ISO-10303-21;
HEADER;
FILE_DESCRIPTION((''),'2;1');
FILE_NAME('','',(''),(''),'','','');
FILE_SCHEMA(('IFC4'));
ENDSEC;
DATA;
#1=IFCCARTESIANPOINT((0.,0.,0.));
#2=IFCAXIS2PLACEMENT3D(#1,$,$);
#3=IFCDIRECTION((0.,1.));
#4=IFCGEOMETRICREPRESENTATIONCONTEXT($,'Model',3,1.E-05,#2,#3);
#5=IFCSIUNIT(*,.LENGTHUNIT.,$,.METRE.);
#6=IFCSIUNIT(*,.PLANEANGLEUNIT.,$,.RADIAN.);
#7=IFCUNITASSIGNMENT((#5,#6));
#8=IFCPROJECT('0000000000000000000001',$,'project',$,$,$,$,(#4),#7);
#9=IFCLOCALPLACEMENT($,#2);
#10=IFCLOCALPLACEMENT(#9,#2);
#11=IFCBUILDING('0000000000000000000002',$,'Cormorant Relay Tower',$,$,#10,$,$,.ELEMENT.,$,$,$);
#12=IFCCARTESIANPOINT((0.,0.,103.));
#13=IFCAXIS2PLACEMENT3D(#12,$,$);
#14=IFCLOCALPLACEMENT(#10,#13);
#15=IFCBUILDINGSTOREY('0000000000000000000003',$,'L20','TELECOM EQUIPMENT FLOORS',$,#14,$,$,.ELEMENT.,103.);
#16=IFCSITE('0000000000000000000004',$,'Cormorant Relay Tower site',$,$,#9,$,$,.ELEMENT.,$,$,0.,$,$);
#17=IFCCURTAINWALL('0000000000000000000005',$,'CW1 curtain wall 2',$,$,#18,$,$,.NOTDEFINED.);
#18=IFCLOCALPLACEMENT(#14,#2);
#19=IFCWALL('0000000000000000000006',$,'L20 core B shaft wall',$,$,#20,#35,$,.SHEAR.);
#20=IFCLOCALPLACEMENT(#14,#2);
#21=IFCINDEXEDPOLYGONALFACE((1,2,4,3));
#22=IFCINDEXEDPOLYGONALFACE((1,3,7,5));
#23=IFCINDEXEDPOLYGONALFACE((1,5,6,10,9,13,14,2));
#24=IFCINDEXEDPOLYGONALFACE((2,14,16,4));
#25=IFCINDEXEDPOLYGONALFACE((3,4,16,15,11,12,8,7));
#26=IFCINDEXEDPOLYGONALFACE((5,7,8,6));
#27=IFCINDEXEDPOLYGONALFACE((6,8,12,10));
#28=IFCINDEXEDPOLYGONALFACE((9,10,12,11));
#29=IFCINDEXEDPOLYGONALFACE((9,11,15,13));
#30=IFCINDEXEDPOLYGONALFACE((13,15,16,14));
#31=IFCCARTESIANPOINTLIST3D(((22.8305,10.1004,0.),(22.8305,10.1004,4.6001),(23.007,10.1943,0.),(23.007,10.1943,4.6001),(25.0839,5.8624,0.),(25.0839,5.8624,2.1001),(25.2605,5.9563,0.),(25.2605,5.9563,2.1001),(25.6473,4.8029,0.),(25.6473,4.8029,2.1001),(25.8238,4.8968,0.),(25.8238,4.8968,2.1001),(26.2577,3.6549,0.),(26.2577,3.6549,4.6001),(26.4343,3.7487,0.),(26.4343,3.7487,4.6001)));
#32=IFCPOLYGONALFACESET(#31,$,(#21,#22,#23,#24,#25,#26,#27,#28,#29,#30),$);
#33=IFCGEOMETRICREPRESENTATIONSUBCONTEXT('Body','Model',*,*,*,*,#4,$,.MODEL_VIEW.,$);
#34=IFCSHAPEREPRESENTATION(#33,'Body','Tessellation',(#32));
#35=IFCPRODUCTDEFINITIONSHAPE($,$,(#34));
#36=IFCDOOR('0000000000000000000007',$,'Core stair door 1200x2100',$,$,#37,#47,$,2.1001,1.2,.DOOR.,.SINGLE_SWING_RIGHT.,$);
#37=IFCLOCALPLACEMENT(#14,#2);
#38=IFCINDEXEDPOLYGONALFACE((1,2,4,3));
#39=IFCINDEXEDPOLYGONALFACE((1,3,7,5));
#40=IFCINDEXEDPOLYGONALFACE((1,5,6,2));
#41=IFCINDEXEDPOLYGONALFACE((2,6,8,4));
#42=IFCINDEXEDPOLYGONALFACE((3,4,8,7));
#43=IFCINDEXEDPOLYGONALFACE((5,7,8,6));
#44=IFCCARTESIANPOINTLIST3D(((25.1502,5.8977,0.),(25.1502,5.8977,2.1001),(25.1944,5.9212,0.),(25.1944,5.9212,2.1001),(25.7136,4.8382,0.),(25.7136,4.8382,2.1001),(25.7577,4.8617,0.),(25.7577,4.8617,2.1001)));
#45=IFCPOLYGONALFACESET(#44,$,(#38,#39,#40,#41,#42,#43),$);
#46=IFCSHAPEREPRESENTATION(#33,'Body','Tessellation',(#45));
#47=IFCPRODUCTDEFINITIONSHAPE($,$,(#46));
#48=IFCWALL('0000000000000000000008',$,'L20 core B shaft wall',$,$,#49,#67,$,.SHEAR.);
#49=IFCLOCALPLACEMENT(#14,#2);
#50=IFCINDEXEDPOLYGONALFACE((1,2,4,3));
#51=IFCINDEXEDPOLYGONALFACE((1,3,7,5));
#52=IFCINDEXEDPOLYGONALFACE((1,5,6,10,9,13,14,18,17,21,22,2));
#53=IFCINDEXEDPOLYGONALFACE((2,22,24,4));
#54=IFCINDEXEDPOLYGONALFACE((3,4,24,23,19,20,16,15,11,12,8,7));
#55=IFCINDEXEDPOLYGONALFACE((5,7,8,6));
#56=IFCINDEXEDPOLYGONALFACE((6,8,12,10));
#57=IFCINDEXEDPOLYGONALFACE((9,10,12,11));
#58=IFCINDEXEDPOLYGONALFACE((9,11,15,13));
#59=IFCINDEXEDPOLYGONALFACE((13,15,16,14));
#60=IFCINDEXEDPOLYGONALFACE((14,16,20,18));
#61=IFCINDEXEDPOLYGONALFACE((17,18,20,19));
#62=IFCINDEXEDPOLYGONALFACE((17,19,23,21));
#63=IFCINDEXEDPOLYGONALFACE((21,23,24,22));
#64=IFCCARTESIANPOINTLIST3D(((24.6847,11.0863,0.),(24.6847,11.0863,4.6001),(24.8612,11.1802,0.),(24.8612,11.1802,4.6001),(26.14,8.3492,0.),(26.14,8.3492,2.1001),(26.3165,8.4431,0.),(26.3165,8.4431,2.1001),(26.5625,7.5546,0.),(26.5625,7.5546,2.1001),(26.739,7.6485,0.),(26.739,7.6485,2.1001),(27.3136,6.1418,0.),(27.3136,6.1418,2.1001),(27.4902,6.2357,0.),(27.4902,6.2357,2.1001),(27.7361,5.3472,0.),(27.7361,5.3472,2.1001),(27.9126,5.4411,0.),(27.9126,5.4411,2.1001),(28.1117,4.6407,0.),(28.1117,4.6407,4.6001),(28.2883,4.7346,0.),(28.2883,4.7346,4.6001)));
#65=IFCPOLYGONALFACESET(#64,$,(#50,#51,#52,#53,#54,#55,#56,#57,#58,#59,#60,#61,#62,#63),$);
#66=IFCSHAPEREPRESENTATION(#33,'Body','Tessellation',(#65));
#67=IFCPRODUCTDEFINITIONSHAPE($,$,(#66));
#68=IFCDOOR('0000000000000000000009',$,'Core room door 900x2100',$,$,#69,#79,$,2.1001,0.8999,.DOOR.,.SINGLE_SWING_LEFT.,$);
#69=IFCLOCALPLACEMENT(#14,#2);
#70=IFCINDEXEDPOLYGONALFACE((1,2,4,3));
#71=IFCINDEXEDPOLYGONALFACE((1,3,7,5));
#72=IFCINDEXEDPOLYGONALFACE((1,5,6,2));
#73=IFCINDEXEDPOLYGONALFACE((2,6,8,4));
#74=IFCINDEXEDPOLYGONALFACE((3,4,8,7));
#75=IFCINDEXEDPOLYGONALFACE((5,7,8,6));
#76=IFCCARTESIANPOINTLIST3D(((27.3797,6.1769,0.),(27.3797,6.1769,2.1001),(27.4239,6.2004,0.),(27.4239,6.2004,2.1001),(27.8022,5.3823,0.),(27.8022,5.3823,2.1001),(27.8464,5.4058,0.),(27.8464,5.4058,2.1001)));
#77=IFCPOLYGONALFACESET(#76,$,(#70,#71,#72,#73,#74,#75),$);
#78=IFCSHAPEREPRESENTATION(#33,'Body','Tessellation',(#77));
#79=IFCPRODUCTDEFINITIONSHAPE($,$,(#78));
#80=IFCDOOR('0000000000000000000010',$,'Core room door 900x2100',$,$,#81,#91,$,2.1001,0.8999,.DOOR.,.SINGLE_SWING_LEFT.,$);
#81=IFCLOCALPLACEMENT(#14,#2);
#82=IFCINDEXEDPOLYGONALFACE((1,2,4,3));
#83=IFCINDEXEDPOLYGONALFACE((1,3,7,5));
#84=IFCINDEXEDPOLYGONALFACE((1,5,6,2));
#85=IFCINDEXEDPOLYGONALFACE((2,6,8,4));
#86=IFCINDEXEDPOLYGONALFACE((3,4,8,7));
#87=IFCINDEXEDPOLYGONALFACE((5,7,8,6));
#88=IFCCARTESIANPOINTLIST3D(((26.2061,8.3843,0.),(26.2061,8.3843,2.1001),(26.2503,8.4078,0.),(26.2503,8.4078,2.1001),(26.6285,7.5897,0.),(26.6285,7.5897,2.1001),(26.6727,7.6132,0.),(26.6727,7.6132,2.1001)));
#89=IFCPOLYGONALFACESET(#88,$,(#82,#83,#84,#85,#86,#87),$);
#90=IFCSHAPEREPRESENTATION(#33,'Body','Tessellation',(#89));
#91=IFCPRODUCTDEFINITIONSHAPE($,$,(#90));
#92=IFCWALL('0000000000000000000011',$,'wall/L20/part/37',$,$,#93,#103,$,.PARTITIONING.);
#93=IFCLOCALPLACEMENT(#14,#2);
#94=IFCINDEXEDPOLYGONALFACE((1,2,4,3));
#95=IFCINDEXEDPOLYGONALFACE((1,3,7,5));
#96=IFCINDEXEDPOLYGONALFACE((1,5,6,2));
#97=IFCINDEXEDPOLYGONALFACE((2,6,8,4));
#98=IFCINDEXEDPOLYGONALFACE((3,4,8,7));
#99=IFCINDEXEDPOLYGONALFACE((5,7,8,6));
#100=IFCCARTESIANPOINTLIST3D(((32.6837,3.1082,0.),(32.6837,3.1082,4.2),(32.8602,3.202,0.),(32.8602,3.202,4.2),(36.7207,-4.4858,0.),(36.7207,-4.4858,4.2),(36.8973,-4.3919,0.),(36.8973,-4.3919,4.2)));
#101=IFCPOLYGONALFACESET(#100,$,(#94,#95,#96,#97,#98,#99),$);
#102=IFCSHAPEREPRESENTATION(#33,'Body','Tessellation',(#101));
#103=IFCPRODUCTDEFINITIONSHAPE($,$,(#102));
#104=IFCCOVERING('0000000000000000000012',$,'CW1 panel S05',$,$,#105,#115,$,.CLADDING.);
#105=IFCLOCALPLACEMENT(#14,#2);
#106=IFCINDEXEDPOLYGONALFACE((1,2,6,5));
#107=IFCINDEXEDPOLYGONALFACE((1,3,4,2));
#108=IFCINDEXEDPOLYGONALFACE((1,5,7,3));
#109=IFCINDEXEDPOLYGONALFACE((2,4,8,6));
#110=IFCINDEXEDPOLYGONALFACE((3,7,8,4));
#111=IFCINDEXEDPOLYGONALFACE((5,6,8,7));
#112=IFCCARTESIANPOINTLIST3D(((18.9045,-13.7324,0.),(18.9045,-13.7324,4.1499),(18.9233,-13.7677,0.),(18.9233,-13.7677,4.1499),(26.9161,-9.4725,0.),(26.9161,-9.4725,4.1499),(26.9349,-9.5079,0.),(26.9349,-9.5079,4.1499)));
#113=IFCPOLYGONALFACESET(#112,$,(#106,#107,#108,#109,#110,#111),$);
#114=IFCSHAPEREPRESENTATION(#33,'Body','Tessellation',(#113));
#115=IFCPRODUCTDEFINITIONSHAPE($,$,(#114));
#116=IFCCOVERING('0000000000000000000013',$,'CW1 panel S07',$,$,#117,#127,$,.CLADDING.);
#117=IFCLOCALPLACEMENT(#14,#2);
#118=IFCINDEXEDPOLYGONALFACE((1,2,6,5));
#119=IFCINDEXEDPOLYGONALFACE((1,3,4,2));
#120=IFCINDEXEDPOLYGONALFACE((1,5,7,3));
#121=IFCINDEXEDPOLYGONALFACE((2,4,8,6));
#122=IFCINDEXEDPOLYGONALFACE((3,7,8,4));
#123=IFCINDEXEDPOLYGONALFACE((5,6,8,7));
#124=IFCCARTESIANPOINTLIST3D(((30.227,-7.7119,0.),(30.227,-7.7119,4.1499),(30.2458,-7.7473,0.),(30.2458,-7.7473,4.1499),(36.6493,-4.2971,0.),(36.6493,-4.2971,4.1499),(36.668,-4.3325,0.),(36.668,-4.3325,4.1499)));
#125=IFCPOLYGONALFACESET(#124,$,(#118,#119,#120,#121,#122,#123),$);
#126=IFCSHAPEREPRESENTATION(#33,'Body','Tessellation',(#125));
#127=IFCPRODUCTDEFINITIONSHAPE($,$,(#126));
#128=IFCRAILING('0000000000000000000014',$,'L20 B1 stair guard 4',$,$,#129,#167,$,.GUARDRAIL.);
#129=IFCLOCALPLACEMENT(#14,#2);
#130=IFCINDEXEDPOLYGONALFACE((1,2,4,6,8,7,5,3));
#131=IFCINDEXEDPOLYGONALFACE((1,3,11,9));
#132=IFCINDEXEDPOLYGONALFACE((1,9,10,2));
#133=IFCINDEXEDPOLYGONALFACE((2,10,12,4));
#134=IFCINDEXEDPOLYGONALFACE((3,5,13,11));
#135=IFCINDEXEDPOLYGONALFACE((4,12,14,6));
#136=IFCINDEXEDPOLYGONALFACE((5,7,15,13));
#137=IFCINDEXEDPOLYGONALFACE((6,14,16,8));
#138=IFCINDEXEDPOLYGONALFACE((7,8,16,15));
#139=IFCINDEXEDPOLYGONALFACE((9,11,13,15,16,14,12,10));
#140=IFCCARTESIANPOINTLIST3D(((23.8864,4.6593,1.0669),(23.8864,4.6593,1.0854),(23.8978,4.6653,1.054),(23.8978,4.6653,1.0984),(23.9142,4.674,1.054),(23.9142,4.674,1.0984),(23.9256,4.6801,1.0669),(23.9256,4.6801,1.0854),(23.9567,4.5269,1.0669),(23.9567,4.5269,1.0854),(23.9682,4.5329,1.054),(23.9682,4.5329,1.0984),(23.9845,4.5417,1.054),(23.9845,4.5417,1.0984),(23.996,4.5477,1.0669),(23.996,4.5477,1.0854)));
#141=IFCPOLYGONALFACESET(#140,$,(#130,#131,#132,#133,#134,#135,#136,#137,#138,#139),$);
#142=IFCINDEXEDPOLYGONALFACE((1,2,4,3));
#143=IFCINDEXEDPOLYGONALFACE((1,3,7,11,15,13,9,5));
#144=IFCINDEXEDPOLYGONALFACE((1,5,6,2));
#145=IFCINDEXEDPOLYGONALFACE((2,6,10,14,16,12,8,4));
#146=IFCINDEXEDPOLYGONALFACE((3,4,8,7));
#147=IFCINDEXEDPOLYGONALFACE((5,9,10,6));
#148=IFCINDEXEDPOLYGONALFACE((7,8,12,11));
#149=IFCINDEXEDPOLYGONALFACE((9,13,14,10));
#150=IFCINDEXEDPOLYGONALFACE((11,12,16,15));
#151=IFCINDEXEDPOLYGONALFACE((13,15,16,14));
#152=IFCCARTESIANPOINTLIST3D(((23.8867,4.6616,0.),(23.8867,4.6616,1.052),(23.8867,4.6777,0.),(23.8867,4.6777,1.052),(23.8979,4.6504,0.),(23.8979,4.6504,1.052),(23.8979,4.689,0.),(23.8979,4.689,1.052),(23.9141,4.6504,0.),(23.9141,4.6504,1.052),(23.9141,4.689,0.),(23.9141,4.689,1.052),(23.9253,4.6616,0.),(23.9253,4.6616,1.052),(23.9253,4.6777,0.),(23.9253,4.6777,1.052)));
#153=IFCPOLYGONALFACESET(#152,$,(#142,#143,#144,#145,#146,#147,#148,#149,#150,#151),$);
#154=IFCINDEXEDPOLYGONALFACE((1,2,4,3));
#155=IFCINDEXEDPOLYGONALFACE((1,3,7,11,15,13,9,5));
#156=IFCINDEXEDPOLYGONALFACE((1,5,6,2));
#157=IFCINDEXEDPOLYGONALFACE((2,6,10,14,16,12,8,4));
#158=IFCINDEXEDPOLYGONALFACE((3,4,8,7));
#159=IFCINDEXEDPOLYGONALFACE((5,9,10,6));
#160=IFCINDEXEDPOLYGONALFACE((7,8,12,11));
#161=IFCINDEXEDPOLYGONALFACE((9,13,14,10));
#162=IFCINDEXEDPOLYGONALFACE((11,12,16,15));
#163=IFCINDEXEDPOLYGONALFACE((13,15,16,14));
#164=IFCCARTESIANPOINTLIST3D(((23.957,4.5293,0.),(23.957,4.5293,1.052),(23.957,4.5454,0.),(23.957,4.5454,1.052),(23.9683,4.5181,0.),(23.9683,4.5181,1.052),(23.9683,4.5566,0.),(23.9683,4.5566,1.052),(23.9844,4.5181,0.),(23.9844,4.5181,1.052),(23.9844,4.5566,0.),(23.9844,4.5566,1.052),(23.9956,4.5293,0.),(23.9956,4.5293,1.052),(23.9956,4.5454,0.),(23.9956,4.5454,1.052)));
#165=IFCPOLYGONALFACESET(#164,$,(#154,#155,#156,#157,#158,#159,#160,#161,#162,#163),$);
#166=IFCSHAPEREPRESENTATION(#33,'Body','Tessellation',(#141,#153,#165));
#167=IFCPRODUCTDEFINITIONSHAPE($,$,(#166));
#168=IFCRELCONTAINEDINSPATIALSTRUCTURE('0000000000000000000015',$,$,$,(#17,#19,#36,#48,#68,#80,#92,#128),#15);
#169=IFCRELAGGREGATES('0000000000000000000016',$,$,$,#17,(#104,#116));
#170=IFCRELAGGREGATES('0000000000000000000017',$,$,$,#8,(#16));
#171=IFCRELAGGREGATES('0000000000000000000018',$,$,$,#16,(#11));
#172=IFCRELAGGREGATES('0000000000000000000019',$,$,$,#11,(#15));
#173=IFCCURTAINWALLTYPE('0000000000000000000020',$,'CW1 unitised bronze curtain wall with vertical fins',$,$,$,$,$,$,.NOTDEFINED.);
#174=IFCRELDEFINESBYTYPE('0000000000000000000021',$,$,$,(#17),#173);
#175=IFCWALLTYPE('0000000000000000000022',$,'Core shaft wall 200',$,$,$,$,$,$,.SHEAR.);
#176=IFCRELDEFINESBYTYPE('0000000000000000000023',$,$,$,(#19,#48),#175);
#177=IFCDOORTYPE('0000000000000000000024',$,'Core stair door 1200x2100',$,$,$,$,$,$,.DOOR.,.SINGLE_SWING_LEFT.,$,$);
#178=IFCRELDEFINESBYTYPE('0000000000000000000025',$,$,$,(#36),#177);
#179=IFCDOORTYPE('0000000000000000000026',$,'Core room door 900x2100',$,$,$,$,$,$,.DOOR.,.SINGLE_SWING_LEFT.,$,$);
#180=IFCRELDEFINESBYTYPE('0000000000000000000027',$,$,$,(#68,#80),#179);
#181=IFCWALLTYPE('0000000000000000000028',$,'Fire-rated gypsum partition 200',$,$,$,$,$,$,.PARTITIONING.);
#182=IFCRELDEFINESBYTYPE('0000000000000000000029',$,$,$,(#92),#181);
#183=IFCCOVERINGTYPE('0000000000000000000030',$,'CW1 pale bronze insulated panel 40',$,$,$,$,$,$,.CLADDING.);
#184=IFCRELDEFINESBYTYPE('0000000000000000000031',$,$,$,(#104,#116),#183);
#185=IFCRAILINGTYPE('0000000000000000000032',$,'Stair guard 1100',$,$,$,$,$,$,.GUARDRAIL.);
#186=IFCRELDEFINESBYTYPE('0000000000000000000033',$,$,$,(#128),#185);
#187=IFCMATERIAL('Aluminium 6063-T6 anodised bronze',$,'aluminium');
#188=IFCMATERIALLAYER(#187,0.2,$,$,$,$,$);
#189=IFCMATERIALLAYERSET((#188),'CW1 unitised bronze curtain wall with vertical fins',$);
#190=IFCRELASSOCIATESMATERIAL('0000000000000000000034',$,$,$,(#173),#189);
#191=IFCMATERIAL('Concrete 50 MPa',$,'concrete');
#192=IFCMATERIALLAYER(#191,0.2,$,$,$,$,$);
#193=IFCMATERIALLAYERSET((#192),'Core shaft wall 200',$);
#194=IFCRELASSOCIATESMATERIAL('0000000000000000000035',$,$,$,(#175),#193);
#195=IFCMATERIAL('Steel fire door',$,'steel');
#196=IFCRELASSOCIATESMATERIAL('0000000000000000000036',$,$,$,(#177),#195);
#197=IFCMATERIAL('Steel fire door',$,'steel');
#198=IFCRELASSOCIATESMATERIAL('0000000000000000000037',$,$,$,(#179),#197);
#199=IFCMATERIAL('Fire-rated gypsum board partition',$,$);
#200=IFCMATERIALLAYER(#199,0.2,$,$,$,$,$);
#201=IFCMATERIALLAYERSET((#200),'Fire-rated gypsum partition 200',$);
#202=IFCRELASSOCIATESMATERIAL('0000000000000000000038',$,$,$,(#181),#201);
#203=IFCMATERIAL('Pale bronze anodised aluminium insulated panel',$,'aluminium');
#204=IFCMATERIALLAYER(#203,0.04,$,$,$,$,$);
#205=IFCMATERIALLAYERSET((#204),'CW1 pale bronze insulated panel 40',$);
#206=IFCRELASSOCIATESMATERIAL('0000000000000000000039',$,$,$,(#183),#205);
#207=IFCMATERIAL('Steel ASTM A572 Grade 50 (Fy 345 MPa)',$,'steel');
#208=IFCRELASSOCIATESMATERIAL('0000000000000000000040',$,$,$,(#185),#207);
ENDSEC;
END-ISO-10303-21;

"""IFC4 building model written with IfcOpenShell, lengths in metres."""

from ifc_helpers import new_model, si_unit, direction, frame, frame_2d, origin, origin_2d, place, context, subcontext, project, spatial, polyline, rectangle, outline, extrude, material, layer, layer_set, type_object, element, fill, aggregate, save


model = new_model("IFC4")

# Units and contexts
model_context = context("Model", 3, precision=1e-05, world=origin(), true_north=direction((0.0, 1.0)))
body_context = subcontext(model_context, "Body", "Model", "MODEL_VIEW")
ifc_project = project(units=[si_unit("LENGTHUNIT", "METRE"), si_unit("PLANEANGLEUNIT", "RADIAN")], contexts=[model_context])

# Site, building, storey
site_placement = place(None, origin())
site = spatial("IfcSite", under=ifc_project, at=site_placement, Name="Cormorant Relay Tower site", CompositionType="ELEMENT", RefElevation=0.0)
building_placement = place(site_placement, origin())
building = spatial("IfcBuilding", under=site, at=building_placement, Name="Cormorant Relay Tower", CompositionType="ELEMENT")
storey_placement = place(building_placement, frame((0.0, 0.0, 103.0)))
storey = spatial("IfcBuildingStorey", under=building, at=storey_placement, Name="L20", Description="TELECOM EQUIPMENT FLOORS", CompositionType="ELEMENT", Elevation=103.0)

# Curtain wall
ifc_material_1 = material(Name="Aluminium 6063-T6 anodised bronze", Category="aluminium")
ifc_layer_1 = layer(ifc_material_1, 0.2)
ifc_layer_set_1 = layer_set([ifc_layer_1], Name="CW1 unitised bronze curtain wall with vertical fins")
curtain_wall_type = type_object("IfcCurtainWallType", Name="CW1 unitised bronze curtain wall with vertical fins", PredefinedType="NOTDEFINED", material=ifc_layer_set_1)
curtain_wall_placement = place(storey_placement, origin())
curtain_wall = element("IfcCurtainWall", 1, at=curtain_wall_placement, inside=storey, type_object=curtain_wall_type, Name="CW1 curtain wall 2", PredefinedType="NOTDEFINED")

# Wall, opening, door
ifc_material_2 = material(Name="Concrete 50 MPa", Category="concrete")
ifc_layer_2 = layer(ifc_material_2, 0.2)
ifc_layer_set_2 = layer_set([ifc_layer_2], Name="Core shaft wall 200")
wall_type_1 = type_object("IfcWallType", Name="Core shaft wall 200", PredefinedType="SHEAR", material=ifc_layer_set_2)
wall_1_placement = place(storey_placement, frame((26.3459, 3.7019, 0.0), z_axis=(0.0, 0.0, 1.0), x_axis=(-0.46948, 0.882943, 0.0)))
wall_1 = element("IfcWall", 2, at=wall_1_placement, inside=storey, type_object=wall_type_1, Name="L20 core B shaft wall", PredefinedType="SHEAR", context=body_context, shape_type="SweptSolid", body=[
    extrude(rectangle(XDim=7.3, YDim=0.2, at=frame_2d((3.6499, 0.0))), origin(), (0.0, 0.0, 1.0), 4.6001),
])
opening_1_placement = place(wall_1_placement, frame((1.3, 0.0, 0.0)))
opening_1 = element("IfcOpeningElement", 3, at=opening_1_placement, cuts=wall_1, PredefinedType="OPENING", context=body_context, shape_type="SweptSolid", body=[
    extrude(rectangle(XDim=1.2, YDim=2.1001, at=frame_2d((0.6001, 1.05))), frame((0.0, 0.1099, 0.0), z_axis=(0.0, -1.0, 0.0), x_axis=(1.0, 0.0, 0.0)), (0.0, 0.0, 1.0), 0.22),
])
ifc_material_3 = material(Name="Steel fire door", Category="steel")
door_type_1 = type_object("IfcDoorType", Name="Core stair door 1200x2100", OperationType="SINGLE_SWING_LEFT", PredefinedType="DOOR", material=ifc_material_3)
door_1_placement = place(opening_1_placement, origin())
door_1 = element("IfcDoor", 4, at=door_1_placement, inside=storey, type_object=door_type_1, Name="Core stair door 1200x2100", OperationType="SINGLE_SWING_RIGHT", OverallHeight=2.1001, OverallWidth=1.2, PredefinedType="DOOR", context=body_context, shape_type="SweptSolid", body=[
    extrude(rectangle(XDim=1.2, YDim=2.1001, at=frame_2d((0.6001, 1.05))), frame((0.0, 0.0249, 0.0), z_axis=(0.0, -1.0, 0.0), x_axis=(1.0, 0.0, 0.0)), (0.0, 0.0, 1.0), 0.05),
])
fill(opening_1, door_1)

# Wall, openings, doors
wall_2_placement = place(storey_placement, frame((28.2, 4.6877, 0.0), z_axis=(0.0, 0.0, 1.0), x_axis=(-0.469454, 0.882957, 0.0)))
wall_2 = element("IfcWall", 5, at=wall_2_placement, inside=storey, type_object=wall_type_1, Name="L20 core B shaft wall", PredefinedType="SHEAR", context=body_context, shape_type="SweptSolid", body=[
    extrude(rectangle(XDim=7.3, YDim=0.2, at=frame_2d((3.6499, 0.0))), origin(), (0.0, 0.0, 1.0), 4.6001),
])
opening_2_placement = place(wall_2_placement, frame((0.8, 0.0, 0.0)))
opening_2 = element("IfcOpeningElement", 6, at=opening_2_placement, cuts=wall_2, PredefinedType="OPENING", context=body_context, shape_type="SweptSolid", body=[
    extrude(rectangle(XDim=0.8999, YDim=2.1001, at=frame_2d((0.45, 1.05))), frame((0.0, 0.1099, 0.0), z_axis=(0.0, -1.0, 0.0), x_axis=(1.0, 0.0, 0.0)), (0.0, 0.0, 1.0), 0.22),
])
opening_3_placement = place(wall_2_placement, frame((3.3, 0.0, 0.0)))
opening_3 = element("IfcOpeningElement", 7, at=opening_3_placement, cuts=wall_2, PredefinedType="OPENING", context=body_context, shape_type="SweptSolid", body=[
    extrude(rectangle(XDim=0.8999, YDim=2.1001, at=frame_2d((0.45, 1.05))), frame((0.0, 0.1099, 0.0), z_axis=(0.0, -1.0, 0.0), x_axis=(1.0, 0.0, 0.0)), (0.0, 0.0, 1.0), 0.22),
])
ifc_material_4 = material(Name="Steel fire door", Category="steel")
door_type_2 = type_object("IfcDoorType", Name="Core room door 900x2100", OperationType="SINGLE_SWING_LEFT", PredefinedType="DOOR", material=ifc_material_4)
door_2_placement = place(opening_2_placement, frame((0.8999, 0.0, 0.0), z_axis=(0.0, 0.0, 1.0), x_axis=(-1.0, 0.0, 0.0)))
door_2 = element("IfcDoor", 8, at=door_2_placement, inside=storey, type_object=door_type_2, Name="Core room door 900x2100", OperationType="SINGLE_SWING_LEFT", OverallHeight=2.1001, OverallWidth=0.8999, PredefinedType="DOOR", context=body_context, shape_type="SweptSolid", body=[
    extrude(rectangle(XDim=0.8999, YDim=2.1001, at=frame_2d((0.45, 1.05))), frame((0.0, 0.0249, 0.0), z_axis=(0.0, -1.0, 0.0), x_axis=(1.0, 0.0, 0.0)), (0.0, 0.0, 1.0), 0.05),
])
fill(opening_2, door_2)
door_3_placement = place(opening_3_placement, frame((0.8999, 0.0, 0.0), z_axis=(0.0, 0.0, 1.0), x_axis=(-1.0, 0.0, 0.0)))
door_3 = element("IfcDoor", 9, at=door_3_placement, inside=storey, type_object=door_type_2, Name="Core room door 900x2100", OperationType="SINGLE_SWING_LEFT", OverallHeight=2.1001, OverallWidth=0.8999, PredefinedType="DOOR", context=body_context, shape_type="SweptSolid", body=[
    extrude(rectangle(XDim=0.8999, YDim=2.1001, at=frame_2d((0.45, 1.05))), frame((0.0, 0.0249, 0.0), z_axis=(0.0, -1.0, 0.0), x_axis=(1.0, 0.0, 0.0)), (0.0, 0.0, 1.0), 0.05),
])
fill(opening_3, door_3)

# Wall
ifc_material_5 = material(Name="Fire-rated gypsum board partition")
ifc_layer_3 = layer(ifc_material_5, 0.2)
ifc_layer_set_3 = layer_set([ifc_layer_3], Name="Fire-rated gypsum partition 200")
wall_type_2 = type_object("IfcWallType", Name="Fire-rated gypsum partition 200", PredefinedType="PARTITIONING", material=ifc_layer_set_3)
wall_3_placement = place(storey_placement, frame((36.8091, -4.439, 0.0), z_axis=(0.0, 0.0, 1.0), x_axis=(-0.469409, 0.882981, 0.0)))
element("IfcWall", 10, at=wall_3_placement, inside=storey, type_object=wall_type_2, Name="wall/L20/part/37", PredefinedType="PARTITIONING", context=body_context, shape_type="SweptSolid", body=[
    extrude(rectangle(XDim=8.6003, YDim=0.2, at=frame_2d((4.3003, 0.0))), origin(), (0.0, 0.0, 1.0), 4.2),
])

# Coverings
ifc_material_6 = material(Name="Pale bronze anodised aluminium insulated panel", Category="aluminium")
ifc_layer_4 = layer(ifc_material_6, 0.04)
ifc_layer_set_4 = layer_set([ifc_layer_4], Name="CW1 pale bronze insulated panel 40")
covering_type = type_object("IfcCoveringType", Name="CW1 pale bronze insulated panel 40", PredefinedType="CLADDING", material=ifc_layer_set_4)
covering_1_placement = place(storey_placement, frame((22.9197, -11.6201, 0.0), z_axis=(0.0, 0.0, 1.0), x_axis=(0.882948, 0.469472, 0.0)))
covering_1 = element("IfcCovering", 11, at=covering_1_placement, type_object=covering_type, Name="CW1 panel S05", PredefinedType="CLADDING", context=body_context, shape_type="SweptSolid", body=[
    extrude(rectangle(XDim=9.0737, YDim=0.04, at=origin_2d()), origin(), (0.0, 0.0, 1.0), 4.1499),
])
covering_2_placement = place(storey_placement, frame((33.4475, -6.0222, 0.0), z_axis=(0.0, 0.0, 1.0), x_axis=(0.882948, 0.469472, 0.0)))
covering_2 = element("IfcCovering", 12, at=covering_2_placement, type_object=covering_type, Name="CW1 panel S07", PredefinedType="CLADDING", context=body_context, shape_type="SweptSolid", body=[
    extrude(rectangle(XDim=7.2737, YDim=0.04, at=origin_2d()), origin(), (0.0, 0.0, 1.0), 4.1499),
])
aggregate(curtain_wall, [covering_1, covering_2])

# Railing
ifc_material_7 = material(Name="Steel ASTM A572 Grade 50 (Fy 345 MPa)", Category="steel")
railing_type = type_object("IfcRailingType", Name="Stair guard 1100", PredefinedType="GUARDRAIL", material=ifc_material_7)
railing_placement = place(storey_placement, frame((23.906, 4.6697, 0.0)))
element("IfcRailing", 13, at=railing_placement, inside=storey, type_object=railing_type, Name="L20 B1 stair guard 4", PredefinedType="GUARDRAIL", context=body_context, shape_type="SweptSolid", body=[
    extrude(outline(polyline([(0.0222, 0.0093), (0.0093, 0.0222), (-0.0093, 0.0222), (-0.0222, 0.0093), (-0.0222, -0.0093), (-0.0093, -0.0222), (0.0093, -0.0222), (0.0222, -0.0093), (0.0222, 0.0093)])), frame((0.0, 0.0, 1.0762), z_axis=(0.469235, -0.883074, 0.0), x_axis=(0.883074, 0.469235, 0.0)), (0.0, 0.0, 1.0), 0.1499),
    extrude(outline(polyline([(0.0193, 0.0081), (0.0081, 0.0193), (-0.0081, 0.0193), (-0.0193, 0.0081), (-0.0193, -0.0081), (-0.0081, -0.0193), (0.0081, -0.0193), (0.0193, -0.0081), (0.0193, 0.0081)])), origin(), (0.0, 0.0, 1.0), 1.052),
    extrude(outline(polyline([(0.0193, 0.0081), (0.0081, 0.0193), (-0.0081, 0.0193), (-0.0193, 0.0081), (-0.0193, -0.0081), (-0.0081, -0.0193), (0.0081, -0.0193), (0.0193, -0.0081), (0.0193, 0.0081)])), frame((0.0703, -0.1323, 0.0)), (0.0, 0.0, 1.0), 1.052),
])

save(model, "model.ifc")
